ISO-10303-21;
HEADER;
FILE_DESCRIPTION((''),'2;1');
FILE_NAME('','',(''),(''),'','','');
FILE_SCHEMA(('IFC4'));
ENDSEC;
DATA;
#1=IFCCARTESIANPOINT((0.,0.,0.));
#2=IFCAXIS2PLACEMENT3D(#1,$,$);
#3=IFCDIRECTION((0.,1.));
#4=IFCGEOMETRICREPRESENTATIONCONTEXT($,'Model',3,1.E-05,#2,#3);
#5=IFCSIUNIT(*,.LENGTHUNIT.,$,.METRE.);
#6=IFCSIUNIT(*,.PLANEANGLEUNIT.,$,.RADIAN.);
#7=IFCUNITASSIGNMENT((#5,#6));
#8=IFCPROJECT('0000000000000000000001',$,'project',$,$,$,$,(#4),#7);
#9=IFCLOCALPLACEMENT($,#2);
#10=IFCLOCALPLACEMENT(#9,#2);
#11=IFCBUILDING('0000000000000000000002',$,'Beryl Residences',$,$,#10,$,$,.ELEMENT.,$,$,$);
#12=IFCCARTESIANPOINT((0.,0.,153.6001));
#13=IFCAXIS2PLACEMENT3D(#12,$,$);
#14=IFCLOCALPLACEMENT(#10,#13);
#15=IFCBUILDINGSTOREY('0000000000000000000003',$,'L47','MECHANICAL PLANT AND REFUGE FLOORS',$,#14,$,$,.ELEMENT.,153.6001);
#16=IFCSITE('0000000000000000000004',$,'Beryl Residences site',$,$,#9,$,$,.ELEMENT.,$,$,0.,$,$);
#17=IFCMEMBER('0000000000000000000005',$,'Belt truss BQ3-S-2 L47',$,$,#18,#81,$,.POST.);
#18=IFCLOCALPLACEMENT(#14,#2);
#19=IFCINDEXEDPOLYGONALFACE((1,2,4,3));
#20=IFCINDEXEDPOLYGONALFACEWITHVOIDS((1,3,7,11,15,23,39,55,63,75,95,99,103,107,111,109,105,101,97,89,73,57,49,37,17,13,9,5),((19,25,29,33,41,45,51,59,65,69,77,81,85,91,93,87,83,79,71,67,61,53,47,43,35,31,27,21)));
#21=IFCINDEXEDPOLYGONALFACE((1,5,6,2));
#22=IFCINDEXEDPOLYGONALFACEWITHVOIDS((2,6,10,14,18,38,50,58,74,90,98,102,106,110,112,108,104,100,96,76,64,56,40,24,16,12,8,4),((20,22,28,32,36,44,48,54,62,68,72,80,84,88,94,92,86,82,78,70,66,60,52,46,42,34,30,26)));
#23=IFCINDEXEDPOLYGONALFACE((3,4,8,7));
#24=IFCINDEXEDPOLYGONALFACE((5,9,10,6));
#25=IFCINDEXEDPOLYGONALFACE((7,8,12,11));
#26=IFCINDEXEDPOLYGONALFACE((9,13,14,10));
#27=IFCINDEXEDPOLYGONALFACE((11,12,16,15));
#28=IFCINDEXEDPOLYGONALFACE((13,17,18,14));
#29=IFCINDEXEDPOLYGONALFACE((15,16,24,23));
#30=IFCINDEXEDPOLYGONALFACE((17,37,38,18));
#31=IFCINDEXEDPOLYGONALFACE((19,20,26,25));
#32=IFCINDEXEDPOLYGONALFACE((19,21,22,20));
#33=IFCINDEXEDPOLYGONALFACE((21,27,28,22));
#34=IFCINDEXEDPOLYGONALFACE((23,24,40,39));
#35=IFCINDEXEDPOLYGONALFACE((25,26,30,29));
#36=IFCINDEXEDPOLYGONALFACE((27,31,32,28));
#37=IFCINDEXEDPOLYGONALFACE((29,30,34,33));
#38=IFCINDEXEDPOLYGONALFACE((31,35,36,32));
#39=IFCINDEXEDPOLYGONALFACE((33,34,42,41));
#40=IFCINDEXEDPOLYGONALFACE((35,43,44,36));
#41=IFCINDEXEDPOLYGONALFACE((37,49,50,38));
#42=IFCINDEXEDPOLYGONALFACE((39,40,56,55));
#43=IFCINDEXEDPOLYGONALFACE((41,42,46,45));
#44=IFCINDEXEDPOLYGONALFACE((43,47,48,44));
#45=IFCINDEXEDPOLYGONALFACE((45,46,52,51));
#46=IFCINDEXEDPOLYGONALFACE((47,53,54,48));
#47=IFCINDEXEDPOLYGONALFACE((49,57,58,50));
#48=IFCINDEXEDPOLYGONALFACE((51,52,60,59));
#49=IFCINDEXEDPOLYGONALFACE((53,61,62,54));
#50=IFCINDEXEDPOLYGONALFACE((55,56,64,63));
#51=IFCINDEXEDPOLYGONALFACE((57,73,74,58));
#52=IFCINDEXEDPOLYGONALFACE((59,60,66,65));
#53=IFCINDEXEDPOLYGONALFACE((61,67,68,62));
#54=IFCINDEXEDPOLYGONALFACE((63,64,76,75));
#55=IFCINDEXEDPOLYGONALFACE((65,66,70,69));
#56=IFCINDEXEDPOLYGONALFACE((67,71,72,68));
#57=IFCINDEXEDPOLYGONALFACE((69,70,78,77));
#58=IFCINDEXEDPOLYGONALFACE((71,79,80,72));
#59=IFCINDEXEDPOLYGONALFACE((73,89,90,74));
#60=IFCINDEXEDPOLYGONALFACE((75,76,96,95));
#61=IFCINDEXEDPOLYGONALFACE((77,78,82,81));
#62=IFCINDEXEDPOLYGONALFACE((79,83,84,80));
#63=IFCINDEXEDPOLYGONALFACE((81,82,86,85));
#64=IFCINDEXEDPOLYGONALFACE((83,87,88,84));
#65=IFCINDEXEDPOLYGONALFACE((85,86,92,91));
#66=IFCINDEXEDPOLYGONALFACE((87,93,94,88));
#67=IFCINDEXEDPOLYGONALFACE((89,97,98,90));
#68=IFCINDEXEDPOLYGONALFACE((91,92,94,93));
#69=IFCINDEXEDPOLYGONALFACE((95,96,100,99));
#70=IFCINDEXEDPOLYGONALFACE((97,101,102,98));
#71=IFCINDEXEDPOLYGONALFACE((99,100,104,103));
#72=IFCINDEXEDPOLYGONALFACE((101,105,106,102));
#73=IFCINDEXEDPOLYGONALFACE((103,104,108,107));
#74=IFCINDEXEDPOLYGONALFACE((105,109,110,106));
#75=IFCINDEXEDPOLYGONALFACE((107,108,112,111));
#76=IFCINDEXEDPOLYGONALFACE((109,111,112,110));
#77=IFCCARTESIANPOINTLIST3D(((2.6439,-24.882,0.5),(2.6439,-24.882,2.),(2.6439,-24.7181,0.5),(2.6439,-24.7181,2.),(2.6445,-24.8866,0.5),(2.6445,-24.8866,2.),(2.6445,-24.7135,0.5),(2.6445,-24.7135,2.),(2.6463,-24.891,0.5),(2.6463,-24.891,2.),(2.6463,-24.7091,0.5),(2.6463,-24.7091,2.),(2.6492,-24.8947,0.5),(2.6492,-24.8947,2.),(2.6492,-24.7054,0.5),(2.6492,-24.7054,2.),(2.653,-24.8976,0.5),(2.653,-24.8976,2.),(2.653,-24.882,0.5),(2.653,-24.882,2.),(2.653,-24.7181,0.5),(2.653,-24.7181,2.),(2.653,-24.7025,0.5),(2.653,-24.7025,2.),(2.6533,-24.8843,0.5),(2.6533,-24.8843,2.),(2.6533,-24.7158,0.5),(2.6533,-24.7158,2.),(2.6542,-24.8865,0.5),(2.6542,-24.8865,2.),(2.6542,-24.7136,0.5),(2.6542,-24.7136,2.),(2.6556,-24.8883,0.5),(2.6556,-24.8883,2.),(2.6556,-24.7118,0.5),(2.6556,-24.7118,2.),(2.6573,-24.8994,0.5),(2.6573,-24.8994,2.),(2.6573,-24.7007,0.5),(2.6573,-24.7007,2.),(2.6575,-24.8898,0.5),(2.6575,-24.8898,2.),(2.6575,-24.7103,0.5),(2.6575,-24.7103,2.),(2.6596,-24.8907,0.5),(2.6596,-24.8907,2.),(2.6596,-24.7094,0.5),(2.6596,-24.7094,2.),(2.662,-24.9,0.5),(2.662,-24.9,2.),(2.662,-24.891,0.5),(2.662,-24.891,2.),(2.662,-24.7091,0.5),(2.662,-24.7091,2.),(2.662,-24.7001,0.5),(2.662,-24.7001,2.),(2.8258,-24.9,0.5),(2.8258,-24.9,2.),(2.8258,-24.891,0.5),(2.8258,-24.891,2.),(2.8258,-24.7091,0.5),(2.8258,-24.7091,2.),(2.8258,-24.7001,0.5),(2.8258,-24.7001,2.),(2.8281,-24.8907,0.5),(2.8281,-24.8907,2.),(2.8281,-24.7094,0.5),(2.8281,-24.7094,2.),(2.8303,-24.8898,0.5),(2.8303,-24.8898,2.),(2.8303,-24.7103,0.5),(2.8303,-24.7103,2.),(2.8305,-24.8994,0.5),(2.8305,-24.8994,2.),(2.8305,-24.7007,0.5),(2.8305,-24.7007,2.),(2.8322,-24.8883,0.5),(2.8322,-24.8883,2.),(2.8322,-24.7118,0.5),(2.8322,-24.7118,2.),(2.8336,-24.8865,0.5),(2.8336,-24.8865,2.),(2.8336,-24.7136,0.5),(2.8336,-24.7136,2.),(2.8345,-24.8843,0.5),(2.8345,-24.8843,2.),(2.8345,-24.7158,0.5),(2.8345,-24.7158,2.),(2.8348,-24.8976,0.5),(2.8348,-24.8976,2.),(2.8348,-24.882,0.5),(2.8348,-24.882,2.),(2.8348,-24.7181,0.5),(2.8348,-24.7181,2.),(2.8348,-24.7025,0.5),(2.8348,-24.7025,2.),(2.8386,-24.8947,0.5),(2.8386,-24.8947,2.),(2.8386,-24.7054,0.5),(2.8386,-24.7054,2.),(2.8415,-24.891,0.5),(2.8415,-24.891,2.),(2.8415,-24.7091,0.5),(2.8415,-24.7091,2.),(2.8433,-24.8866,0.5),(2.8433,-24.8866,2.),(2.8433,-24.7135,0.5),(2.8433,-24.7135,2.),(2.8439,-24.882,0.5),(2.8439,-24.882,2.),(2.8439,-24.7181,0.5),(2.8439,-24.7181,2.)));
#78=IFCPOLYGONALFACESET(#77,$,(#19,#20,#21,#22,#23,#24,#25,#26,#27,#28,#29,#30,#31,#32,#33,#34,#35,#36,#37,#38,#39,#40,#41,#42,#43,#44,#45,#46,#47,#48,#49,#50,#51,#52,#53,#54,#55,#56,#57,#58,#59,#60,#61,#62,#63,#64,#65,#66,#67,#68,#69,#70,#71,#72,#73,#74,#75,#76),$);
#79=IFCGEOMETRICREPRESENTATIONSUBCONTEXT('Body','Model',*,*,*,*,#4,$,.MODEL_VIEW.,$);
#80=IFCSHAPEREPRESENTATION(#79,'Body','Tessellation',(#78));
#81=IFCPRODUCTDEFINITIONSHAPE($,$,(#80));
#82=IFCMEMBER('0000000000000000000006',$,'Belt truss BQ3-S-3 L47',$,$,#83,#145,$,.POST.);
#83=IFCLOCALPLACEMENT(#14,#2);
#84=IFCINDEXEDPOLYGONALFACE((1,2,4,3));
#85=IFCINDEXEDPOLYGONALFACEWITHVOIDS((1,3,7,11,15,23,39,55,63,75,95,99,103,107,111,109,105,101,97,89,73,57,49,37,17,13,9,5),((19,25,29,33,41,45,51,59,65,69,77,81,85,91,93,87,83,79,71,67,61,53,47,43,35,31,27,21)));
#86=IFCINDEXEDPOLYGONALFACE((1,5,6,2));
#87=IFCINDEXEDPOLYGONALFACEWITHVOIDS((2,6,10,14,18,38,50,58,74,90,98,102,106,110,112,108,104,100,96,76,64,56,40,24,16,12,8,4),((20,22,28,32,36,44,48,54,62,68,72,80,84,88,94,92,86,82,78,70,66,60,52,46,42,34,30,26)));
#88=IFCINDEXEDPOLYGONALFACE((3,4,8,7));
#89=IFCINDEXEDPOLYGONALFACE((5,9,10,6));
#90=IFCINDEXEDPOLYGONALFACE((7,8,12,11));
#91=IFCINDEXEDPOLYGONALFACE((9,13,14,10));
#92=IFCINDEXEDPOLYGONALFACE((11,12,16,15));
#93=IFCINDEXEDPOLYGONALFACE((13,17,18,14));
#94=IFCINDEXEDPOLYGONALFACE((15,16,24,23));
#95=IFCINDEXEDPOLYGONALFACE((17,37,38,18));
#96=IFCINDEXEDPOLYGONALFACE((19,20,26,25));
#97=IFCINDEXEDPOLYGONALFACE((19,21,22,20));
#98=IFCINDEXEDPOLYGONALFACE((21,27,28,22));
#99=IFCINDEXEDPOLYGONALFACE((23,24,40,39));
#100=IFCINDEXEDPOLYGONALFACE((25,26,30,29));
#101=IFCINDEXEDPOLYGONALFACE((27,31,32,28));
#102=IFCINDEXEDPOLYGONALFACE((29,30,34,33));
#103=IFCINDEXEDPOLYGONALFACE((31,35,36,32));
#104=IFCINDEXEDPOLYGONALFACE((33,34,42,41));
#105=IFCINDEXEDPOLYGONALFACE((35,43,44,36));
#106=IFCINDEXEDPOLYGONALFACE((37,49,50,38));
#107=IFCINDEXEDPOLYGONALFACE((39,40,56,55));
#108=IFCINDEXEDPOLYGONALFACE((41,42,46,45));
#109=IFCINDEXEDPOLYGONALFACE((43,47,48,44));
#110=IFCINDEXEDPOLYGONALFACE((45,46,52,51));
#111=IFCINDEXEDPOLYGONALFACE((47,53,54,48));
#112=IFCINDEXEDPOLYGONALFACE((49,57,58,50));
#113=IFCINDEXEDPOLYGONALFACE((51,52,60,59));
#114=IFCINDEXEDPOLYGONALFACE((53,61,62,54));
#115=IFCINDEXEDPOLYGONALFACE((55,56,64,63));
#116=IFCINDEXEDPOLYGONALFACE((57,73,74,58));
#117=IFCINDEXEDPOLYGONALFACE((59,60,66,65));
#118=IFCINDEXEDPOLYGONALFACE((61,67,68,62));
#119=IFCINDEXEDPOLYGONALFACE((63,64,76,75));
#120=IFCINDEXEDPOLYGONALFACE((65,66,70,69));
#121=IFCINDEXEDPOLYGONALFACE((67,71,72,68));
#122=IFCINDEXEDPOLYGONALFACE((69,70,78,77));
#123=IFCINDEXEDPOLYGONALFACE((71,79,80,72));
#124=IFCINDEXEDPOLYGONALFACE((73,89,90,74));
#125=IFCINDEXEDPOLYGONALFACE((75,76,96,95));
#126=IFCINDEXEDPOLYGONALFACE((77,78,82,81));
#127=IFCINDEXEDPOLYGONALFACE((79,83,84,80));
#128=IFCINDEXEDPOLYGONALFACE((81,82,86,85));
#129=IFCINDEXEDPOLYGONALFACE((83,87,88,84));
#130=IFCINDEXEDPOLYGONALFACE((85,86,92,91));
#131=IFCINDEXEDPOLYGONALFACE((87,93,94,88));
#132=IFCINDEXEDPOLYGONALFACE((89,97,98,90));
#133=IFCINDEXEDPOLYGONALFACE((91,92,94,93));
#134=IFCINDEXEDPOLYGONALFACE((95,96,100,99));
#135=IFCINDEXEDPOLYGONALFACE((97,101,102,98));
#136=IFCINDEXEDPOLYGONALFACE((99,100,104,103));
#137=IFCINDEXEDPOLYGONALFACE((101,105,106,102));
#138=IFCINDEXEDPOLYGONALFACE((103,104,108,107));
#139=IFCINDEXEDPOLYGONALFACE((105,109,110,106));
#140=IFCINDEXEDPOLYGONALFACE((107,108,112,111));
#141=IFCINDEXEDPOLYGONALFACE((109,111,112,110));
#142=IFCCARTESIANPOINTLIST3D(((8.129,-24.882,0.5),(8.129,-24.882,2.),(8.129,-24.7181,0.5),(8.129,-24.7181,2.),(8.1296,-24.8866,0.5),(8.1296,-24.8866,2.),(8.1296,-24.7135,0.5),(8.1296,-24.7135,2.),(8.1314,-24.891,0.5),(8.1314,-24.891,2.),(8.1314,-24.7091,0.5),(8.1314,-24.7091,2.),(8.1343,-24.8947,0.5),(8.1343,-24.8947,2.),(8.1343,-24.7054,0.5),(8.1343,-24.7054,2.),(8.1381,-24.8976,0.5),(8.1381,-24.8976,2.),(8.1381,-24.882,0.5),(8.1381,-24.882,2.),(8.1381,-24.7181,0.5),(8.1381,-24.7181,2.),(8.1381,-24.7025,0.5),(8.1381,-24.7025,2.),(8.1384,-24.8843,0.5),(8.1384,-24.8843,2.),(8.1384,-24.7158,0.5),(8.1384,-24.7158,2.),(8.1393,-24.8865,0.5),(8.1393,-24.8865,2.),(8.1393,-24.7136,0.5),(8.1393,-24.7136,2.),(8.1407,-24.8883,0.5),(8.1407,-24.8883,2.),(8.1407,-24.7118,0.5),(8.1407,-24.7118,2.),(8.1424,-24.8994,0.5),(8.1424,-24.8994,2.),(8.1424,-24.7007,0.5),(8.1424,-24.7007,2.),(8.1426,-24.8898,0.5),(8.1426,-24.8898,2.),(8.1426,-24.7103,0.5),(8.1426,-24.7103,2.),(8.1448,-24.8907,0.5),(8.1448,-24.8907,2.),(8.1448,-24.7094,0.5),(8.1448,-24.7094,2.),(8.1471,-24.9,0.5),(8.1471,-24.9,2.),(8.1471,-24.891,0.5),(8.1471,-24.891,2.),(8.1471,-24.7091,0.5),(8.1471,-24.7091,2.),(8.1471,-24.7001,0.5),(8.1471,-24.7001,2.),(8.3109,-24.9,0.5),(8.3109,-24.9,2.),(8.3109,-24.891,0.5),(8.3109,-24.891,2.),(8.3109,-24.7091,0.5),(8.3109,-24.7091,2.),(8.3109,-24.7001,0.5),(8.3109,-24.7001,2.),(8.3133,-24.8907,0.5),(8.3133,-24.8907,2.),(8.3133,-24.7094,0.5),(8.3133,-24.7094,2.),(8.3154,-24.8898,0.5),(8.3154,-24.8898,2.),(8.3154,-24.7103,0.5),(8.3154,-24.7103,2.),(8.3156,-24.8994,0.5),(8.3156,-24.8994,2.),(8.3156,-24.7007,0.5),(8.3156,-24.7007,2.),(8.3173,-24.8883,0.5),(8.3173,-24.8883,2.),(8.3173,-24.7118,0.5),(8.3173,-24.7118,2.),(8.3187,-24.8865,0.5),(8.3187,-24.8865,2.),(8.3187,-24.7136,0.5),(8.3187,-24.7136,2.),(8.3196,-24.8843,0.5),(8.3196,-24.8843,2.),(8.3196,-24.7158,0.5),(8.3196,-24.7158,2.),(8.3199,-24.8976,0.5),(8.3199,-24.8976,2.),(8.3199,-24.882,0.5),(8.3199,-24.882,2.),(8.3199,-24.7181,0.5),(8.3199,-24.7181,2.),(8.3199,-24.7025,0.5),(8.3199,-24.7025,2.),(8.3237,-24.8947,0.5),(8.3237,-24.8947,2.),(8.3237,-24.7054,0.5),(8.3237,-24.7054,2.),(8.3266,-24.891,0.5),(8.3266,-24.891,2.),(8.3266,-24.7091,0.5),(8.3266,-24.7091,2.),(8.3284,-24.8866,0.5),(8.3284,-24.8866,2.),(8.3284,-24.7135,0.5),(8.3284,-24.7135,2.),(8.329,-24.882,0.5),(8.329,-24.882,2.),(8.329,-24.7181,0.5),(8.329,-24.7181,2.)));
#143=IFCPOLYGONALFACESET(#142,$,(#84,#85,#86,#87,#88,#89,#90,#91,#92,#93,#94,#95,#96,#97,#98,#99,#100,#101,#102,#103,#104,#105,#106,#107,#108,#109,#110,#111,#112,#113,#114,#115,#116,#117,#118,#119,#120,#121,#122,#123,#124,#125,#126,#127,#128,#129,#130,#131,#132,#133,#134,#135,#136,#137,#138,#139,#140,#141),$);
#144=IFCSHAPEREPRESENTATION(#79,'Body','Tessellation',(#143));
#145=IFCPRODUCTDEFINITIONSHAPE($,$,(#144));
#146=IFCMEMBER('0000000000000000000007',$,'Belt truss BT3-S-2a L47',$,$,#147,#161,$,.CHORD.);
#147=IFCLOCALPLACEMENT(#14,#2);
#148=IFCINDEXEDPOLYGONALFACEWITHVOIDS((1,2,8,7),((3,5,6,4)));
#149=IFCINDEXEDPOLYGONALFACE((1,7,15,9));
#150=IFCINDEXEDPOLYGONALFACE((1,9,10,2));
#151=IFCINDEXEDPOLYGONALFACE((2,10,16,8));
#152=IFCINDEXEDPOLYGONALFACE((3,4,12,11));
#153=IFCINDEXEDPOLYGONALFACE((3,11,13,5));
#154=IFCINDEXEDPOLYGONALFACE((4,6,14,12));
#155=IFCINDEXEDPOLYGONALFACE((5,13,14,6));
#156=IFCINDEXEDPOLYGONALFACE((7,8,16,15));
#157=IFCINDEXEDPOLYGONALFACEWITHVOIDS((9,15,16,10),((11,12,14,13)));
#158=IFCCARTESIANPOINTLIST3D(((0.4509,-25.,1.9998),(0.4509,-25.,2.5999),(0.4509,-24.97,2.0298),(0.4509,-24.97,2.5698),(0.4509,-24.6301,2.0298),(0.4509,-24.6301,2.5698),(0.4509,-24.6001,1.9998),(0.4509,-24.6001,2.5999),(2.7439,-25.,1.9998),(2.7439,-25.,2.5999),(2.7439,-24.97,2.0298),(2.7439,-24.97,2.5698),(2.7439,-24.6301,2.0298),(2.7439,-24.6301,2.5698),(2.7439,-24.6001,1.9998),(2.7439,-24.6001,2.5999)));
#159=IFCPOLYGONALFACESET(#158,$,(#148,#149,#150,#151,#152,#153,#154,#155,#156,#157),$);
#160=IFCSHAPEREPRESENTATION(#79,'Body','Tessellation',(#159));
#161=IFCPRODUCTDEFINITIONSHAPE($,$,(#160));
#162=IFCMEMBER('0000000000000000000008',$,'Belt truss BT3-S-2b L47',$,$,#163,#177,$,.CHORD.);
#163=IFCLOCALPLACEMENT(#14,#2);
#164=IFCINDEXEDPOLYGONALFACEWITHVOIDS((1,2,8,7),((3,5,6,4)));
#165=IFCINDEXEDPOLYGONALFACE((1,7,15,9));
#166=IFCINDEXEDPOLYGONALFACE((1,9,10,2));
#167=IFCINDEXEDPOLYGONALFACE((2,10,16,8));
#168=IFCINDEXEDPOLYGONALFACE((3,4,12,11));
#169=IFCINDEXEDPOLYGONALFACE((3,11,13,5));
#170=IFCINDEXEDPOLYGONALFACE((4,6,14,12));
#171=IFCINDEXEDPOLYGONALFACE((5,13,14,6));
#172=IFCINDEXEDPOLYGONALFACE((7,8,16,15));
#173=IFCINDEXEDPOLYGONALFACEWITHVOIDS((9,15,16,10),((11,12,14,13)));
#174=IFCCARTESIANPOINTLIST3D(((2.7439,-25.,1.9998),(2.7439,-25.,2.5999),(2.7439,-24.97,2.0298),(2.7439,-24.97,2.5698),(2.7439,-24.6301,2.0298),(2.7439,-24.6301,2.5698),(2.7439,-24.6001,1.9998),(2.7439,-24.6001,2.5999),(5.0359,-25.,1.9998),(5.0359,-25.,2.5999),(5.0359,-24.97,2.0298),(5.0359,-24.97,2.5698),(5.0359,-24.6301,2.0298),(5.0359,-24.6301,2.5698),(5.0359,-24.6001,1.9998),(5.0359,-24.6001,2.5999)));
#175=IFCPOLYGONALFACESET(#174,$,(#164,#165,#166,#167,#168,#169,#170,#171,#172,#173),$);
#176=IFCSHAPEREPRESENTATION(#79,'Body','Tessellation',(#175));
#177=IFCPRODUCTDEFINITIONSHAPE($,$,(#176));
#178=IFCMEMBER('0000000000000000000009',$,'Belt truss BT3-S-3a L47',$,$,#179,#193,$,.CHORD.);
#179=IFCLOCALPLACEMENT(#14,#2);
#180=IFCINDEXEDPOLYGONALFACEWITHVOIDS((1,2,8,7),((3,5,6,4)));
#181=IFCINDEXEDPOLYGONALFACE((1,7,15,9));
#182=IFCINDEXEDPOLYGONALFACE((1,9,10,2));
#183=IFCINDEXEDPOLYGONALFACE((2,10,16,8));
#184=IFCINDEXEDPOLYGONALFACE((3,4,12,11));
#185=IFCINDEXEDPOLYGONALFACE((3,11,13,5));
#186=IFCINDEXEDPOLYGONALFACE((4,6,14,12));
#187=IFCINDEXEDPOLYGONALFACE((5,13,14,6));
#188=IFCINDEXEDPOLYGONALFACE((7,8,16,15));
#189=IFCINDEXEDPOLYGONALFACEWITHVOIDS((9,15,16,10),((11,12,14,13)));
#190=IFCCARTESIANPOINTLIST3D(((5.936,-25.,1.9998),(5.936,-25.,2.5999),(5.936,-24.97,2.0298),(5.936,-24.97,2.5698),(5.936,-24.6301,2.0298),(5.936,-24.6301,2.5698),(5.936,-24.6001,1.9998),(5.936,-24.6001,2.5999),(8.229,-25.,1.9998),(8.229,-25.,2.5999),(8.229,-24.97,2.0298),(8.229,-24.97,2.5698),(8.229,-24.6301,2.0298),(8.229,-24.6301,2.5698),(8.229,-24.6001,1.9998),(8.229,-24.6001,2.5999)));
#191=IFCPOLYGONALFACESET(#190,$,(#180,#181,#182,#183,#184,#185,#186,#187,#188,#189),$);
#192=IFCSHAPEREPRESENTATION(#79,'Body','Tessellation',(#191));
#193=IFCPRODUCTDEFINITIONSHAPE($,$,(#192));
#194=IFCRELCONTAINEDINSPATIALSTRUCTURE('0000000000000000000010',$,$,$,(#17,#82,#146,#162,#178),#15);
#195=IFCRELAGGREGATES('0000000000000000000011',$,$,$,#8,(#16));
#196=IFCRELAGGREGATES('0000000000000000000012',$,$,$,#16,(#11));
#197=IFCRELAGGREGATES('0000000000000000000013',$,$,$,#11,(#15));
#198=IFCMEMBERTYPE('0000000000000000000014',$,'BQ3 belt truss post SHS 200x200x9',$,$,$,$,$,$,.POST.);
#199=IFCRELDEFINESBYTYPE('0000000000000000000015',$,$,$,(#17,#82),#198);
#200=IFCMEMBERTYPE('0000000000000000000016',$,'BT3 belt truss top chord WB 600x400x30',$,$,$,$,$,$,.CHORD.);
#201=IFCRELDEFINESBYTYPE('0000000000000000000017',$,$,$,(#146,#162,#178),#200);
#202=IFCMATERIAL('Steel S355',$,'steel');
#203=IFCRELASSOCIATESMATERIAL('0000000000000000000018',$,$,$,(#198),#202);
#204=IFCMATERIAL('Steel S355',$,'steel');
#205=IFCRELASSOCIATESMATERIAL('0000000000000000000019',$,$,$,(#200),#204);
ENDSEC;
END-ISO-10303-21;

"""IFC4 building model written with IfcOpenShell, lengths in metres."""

from ifc_helpers import new_model, si_unit, direction, frame, origin, origin_2d, place, context, subcontext, project, spatial, hollow_rectangle, extrude, material, material_profile, profile_set, type_object, element, save


model = new_model("IFC4")

# Units and contexts
model_context = context("Model", 3, precision=1e-05, world=origin(), true_north=direction((0.0, 1.0)))
body_context = subcontext(model_context, "Body", "Model", "MODEL_VIEW")
ifc_project = project(units=[si_unit("LENGTHUNIT", "METRE"), si_unit("PLANEANGLEUNIT", "RADIAN")], contexts=[model_context])

# Site, building, storey
site_placement = place(None, origin())
site = spatial("IfcSite", under=ifc_project, at=site_placement, Name="Beryl Residences site", CompositionType="ELEMENT", RefElevation=0.0)
building_placement = place(site_placement, origin())
building = spatial("IfcBuilding", under=site, at=building_placement, Name="Beryl Residences", CompositionType="ELEMENT")
storey_placement = place(building_placement, frame((0.0, 0.0, 153.6001)))
storey = spatial("IfcBuildingStorey", under=building, at=storey_placement, Name="L47", Description="MECHANICAL PLANT AND REFUGE FLOORS", CompositionType="ELEMENT", Elevation=153.6001)

# Members
ifc_material_1 = material(Name="Steel S355", Category="steel")
ifc_material_profile_1 = material_profile(ifc_material_1, hollow_rectangle(XDim=0.2, YDim=0.2, WallThickness=0.009, InnerFilletRadius=0.009, OuterFilletRadius=0.0181, at=origin_2d()))
ifc_profile_set_1 = profile_set([ifc_material_profile_1], Name="Steel S355")
member_type_1 = type_object("IfcMemberType", Name="BQ3 belt truss post SHS 200x200x9", PredefinedType="POST", material=ifc_profile_set_1)
for number, where, z_axis, x_axis, name in (
    (1, (2.7439, -24.8, 0.5), (0.0, 0.0, 1.0), (1.0, 0.0, 0.0), "Belt truss BQ3-S-2 L47"),
    (2, (8.229, -24.8, 0.5), (0.0, 0.0, 1.0), (1.0, 0.0, 0.0), "Belt truss BQ3-S-3 L47"),
):
    element("IfcMember", number, at=place(storey_placement, frame(where, z_axis=z_axis, x_axis=x_axis)), inside=storey, type_object=member_type_1, Name=name, PredefinedType="POST", context=body_context, shape_type="SweptSolid", body=[
        extrude(hollow_rectangle(XDim=0.2, YDim=0.2, WallThickness=0.009, InnerFilletRadius=0.009, OuterFilletRadius=0.0181, at=origin_2d()), origin(), (0.0, 0.0, 1.0), 1.5),
    ])
ifc_material_2 = material(Name="Steel S355", Category="steel")
ifc_material_profile_2 = material_profile(ifc_material_2, hollow_rectangle(XDim=0.3999, YDim=0.6001, WallThickness=0.03, at=origin_2d()))
ifc_profile_set_2 = profile_set([ifc_material_profile_2], Name="Steel S355")
member_type_2 = type_object("IfcMemberType", Name="BT3 belt truss top chord WB 600x400x30", PredefinedType="CHORD", material=ifc_profile_set_2)
member_1_placement = place(storey_placement, frame((0.4509, -24.8, 2.2998), z_axis=(1.0, 0.0, 0.0), x_axis=(0.0, 1.0, 0.0)))
element("IfcMember", 3, at=member_1_placement, inside=storey, type_object=member_type_2, Name="Belt truss BT3-S-2a L47", PredefinedType="CHORD", context=body_context, shape_type="SweptSolid", body=[
    extrude(hollow_rectangle(XDim=0.3999, YDim=0.6001, WallThickness=0.03, at=origin_2d()), origin(), (0.0, 0.0, 1.0), 2.293),
])
member_2_placement = place(storey_placement, frame((2.7439, -24.8, 2.2998), z_axis=(1.0, 0.0, 0.0), x_axis=(0.0, 1.0, 0.0)))
element("IfcMember", 4, at=member_2_placement, inside=storey, type_object=member_type_2, Name="Belt truss BT3-S-2b L47", PredefinedType="CHORD", context=body_context, shape_type="SweptSolid", body=[
    extrude(hollow_rectangle(XDim=0.3999, YDim=0.6001, WallThickness=0.03, at=origin_2d()), origin(), (0.0, 0.0, 1.0), 2.292),
])
member_3_placement = place(storey_placement, frame((5.936, -24.8, 2.2998), z_axis=(1.0, 0.0, 0.0), x_axis=(0.0, 1.0, 0.0)))
element("IfcMember", 5, at=member_3_placement, inside=storey, type_object=member_type_2, Name="Belt truss BT3-S-3a L47", PredefinedType="CHORD", context=body_context, shape_type="SweptSolid", body=[
    extrude(hollow_rectangle(XDim=0.3999, YDim=0.6001, WallThickness=0.03, at=origin_2d()), origin(), (0.0, 0.0, 1.0), 2.293),
])

save(model, "model.ifc")
